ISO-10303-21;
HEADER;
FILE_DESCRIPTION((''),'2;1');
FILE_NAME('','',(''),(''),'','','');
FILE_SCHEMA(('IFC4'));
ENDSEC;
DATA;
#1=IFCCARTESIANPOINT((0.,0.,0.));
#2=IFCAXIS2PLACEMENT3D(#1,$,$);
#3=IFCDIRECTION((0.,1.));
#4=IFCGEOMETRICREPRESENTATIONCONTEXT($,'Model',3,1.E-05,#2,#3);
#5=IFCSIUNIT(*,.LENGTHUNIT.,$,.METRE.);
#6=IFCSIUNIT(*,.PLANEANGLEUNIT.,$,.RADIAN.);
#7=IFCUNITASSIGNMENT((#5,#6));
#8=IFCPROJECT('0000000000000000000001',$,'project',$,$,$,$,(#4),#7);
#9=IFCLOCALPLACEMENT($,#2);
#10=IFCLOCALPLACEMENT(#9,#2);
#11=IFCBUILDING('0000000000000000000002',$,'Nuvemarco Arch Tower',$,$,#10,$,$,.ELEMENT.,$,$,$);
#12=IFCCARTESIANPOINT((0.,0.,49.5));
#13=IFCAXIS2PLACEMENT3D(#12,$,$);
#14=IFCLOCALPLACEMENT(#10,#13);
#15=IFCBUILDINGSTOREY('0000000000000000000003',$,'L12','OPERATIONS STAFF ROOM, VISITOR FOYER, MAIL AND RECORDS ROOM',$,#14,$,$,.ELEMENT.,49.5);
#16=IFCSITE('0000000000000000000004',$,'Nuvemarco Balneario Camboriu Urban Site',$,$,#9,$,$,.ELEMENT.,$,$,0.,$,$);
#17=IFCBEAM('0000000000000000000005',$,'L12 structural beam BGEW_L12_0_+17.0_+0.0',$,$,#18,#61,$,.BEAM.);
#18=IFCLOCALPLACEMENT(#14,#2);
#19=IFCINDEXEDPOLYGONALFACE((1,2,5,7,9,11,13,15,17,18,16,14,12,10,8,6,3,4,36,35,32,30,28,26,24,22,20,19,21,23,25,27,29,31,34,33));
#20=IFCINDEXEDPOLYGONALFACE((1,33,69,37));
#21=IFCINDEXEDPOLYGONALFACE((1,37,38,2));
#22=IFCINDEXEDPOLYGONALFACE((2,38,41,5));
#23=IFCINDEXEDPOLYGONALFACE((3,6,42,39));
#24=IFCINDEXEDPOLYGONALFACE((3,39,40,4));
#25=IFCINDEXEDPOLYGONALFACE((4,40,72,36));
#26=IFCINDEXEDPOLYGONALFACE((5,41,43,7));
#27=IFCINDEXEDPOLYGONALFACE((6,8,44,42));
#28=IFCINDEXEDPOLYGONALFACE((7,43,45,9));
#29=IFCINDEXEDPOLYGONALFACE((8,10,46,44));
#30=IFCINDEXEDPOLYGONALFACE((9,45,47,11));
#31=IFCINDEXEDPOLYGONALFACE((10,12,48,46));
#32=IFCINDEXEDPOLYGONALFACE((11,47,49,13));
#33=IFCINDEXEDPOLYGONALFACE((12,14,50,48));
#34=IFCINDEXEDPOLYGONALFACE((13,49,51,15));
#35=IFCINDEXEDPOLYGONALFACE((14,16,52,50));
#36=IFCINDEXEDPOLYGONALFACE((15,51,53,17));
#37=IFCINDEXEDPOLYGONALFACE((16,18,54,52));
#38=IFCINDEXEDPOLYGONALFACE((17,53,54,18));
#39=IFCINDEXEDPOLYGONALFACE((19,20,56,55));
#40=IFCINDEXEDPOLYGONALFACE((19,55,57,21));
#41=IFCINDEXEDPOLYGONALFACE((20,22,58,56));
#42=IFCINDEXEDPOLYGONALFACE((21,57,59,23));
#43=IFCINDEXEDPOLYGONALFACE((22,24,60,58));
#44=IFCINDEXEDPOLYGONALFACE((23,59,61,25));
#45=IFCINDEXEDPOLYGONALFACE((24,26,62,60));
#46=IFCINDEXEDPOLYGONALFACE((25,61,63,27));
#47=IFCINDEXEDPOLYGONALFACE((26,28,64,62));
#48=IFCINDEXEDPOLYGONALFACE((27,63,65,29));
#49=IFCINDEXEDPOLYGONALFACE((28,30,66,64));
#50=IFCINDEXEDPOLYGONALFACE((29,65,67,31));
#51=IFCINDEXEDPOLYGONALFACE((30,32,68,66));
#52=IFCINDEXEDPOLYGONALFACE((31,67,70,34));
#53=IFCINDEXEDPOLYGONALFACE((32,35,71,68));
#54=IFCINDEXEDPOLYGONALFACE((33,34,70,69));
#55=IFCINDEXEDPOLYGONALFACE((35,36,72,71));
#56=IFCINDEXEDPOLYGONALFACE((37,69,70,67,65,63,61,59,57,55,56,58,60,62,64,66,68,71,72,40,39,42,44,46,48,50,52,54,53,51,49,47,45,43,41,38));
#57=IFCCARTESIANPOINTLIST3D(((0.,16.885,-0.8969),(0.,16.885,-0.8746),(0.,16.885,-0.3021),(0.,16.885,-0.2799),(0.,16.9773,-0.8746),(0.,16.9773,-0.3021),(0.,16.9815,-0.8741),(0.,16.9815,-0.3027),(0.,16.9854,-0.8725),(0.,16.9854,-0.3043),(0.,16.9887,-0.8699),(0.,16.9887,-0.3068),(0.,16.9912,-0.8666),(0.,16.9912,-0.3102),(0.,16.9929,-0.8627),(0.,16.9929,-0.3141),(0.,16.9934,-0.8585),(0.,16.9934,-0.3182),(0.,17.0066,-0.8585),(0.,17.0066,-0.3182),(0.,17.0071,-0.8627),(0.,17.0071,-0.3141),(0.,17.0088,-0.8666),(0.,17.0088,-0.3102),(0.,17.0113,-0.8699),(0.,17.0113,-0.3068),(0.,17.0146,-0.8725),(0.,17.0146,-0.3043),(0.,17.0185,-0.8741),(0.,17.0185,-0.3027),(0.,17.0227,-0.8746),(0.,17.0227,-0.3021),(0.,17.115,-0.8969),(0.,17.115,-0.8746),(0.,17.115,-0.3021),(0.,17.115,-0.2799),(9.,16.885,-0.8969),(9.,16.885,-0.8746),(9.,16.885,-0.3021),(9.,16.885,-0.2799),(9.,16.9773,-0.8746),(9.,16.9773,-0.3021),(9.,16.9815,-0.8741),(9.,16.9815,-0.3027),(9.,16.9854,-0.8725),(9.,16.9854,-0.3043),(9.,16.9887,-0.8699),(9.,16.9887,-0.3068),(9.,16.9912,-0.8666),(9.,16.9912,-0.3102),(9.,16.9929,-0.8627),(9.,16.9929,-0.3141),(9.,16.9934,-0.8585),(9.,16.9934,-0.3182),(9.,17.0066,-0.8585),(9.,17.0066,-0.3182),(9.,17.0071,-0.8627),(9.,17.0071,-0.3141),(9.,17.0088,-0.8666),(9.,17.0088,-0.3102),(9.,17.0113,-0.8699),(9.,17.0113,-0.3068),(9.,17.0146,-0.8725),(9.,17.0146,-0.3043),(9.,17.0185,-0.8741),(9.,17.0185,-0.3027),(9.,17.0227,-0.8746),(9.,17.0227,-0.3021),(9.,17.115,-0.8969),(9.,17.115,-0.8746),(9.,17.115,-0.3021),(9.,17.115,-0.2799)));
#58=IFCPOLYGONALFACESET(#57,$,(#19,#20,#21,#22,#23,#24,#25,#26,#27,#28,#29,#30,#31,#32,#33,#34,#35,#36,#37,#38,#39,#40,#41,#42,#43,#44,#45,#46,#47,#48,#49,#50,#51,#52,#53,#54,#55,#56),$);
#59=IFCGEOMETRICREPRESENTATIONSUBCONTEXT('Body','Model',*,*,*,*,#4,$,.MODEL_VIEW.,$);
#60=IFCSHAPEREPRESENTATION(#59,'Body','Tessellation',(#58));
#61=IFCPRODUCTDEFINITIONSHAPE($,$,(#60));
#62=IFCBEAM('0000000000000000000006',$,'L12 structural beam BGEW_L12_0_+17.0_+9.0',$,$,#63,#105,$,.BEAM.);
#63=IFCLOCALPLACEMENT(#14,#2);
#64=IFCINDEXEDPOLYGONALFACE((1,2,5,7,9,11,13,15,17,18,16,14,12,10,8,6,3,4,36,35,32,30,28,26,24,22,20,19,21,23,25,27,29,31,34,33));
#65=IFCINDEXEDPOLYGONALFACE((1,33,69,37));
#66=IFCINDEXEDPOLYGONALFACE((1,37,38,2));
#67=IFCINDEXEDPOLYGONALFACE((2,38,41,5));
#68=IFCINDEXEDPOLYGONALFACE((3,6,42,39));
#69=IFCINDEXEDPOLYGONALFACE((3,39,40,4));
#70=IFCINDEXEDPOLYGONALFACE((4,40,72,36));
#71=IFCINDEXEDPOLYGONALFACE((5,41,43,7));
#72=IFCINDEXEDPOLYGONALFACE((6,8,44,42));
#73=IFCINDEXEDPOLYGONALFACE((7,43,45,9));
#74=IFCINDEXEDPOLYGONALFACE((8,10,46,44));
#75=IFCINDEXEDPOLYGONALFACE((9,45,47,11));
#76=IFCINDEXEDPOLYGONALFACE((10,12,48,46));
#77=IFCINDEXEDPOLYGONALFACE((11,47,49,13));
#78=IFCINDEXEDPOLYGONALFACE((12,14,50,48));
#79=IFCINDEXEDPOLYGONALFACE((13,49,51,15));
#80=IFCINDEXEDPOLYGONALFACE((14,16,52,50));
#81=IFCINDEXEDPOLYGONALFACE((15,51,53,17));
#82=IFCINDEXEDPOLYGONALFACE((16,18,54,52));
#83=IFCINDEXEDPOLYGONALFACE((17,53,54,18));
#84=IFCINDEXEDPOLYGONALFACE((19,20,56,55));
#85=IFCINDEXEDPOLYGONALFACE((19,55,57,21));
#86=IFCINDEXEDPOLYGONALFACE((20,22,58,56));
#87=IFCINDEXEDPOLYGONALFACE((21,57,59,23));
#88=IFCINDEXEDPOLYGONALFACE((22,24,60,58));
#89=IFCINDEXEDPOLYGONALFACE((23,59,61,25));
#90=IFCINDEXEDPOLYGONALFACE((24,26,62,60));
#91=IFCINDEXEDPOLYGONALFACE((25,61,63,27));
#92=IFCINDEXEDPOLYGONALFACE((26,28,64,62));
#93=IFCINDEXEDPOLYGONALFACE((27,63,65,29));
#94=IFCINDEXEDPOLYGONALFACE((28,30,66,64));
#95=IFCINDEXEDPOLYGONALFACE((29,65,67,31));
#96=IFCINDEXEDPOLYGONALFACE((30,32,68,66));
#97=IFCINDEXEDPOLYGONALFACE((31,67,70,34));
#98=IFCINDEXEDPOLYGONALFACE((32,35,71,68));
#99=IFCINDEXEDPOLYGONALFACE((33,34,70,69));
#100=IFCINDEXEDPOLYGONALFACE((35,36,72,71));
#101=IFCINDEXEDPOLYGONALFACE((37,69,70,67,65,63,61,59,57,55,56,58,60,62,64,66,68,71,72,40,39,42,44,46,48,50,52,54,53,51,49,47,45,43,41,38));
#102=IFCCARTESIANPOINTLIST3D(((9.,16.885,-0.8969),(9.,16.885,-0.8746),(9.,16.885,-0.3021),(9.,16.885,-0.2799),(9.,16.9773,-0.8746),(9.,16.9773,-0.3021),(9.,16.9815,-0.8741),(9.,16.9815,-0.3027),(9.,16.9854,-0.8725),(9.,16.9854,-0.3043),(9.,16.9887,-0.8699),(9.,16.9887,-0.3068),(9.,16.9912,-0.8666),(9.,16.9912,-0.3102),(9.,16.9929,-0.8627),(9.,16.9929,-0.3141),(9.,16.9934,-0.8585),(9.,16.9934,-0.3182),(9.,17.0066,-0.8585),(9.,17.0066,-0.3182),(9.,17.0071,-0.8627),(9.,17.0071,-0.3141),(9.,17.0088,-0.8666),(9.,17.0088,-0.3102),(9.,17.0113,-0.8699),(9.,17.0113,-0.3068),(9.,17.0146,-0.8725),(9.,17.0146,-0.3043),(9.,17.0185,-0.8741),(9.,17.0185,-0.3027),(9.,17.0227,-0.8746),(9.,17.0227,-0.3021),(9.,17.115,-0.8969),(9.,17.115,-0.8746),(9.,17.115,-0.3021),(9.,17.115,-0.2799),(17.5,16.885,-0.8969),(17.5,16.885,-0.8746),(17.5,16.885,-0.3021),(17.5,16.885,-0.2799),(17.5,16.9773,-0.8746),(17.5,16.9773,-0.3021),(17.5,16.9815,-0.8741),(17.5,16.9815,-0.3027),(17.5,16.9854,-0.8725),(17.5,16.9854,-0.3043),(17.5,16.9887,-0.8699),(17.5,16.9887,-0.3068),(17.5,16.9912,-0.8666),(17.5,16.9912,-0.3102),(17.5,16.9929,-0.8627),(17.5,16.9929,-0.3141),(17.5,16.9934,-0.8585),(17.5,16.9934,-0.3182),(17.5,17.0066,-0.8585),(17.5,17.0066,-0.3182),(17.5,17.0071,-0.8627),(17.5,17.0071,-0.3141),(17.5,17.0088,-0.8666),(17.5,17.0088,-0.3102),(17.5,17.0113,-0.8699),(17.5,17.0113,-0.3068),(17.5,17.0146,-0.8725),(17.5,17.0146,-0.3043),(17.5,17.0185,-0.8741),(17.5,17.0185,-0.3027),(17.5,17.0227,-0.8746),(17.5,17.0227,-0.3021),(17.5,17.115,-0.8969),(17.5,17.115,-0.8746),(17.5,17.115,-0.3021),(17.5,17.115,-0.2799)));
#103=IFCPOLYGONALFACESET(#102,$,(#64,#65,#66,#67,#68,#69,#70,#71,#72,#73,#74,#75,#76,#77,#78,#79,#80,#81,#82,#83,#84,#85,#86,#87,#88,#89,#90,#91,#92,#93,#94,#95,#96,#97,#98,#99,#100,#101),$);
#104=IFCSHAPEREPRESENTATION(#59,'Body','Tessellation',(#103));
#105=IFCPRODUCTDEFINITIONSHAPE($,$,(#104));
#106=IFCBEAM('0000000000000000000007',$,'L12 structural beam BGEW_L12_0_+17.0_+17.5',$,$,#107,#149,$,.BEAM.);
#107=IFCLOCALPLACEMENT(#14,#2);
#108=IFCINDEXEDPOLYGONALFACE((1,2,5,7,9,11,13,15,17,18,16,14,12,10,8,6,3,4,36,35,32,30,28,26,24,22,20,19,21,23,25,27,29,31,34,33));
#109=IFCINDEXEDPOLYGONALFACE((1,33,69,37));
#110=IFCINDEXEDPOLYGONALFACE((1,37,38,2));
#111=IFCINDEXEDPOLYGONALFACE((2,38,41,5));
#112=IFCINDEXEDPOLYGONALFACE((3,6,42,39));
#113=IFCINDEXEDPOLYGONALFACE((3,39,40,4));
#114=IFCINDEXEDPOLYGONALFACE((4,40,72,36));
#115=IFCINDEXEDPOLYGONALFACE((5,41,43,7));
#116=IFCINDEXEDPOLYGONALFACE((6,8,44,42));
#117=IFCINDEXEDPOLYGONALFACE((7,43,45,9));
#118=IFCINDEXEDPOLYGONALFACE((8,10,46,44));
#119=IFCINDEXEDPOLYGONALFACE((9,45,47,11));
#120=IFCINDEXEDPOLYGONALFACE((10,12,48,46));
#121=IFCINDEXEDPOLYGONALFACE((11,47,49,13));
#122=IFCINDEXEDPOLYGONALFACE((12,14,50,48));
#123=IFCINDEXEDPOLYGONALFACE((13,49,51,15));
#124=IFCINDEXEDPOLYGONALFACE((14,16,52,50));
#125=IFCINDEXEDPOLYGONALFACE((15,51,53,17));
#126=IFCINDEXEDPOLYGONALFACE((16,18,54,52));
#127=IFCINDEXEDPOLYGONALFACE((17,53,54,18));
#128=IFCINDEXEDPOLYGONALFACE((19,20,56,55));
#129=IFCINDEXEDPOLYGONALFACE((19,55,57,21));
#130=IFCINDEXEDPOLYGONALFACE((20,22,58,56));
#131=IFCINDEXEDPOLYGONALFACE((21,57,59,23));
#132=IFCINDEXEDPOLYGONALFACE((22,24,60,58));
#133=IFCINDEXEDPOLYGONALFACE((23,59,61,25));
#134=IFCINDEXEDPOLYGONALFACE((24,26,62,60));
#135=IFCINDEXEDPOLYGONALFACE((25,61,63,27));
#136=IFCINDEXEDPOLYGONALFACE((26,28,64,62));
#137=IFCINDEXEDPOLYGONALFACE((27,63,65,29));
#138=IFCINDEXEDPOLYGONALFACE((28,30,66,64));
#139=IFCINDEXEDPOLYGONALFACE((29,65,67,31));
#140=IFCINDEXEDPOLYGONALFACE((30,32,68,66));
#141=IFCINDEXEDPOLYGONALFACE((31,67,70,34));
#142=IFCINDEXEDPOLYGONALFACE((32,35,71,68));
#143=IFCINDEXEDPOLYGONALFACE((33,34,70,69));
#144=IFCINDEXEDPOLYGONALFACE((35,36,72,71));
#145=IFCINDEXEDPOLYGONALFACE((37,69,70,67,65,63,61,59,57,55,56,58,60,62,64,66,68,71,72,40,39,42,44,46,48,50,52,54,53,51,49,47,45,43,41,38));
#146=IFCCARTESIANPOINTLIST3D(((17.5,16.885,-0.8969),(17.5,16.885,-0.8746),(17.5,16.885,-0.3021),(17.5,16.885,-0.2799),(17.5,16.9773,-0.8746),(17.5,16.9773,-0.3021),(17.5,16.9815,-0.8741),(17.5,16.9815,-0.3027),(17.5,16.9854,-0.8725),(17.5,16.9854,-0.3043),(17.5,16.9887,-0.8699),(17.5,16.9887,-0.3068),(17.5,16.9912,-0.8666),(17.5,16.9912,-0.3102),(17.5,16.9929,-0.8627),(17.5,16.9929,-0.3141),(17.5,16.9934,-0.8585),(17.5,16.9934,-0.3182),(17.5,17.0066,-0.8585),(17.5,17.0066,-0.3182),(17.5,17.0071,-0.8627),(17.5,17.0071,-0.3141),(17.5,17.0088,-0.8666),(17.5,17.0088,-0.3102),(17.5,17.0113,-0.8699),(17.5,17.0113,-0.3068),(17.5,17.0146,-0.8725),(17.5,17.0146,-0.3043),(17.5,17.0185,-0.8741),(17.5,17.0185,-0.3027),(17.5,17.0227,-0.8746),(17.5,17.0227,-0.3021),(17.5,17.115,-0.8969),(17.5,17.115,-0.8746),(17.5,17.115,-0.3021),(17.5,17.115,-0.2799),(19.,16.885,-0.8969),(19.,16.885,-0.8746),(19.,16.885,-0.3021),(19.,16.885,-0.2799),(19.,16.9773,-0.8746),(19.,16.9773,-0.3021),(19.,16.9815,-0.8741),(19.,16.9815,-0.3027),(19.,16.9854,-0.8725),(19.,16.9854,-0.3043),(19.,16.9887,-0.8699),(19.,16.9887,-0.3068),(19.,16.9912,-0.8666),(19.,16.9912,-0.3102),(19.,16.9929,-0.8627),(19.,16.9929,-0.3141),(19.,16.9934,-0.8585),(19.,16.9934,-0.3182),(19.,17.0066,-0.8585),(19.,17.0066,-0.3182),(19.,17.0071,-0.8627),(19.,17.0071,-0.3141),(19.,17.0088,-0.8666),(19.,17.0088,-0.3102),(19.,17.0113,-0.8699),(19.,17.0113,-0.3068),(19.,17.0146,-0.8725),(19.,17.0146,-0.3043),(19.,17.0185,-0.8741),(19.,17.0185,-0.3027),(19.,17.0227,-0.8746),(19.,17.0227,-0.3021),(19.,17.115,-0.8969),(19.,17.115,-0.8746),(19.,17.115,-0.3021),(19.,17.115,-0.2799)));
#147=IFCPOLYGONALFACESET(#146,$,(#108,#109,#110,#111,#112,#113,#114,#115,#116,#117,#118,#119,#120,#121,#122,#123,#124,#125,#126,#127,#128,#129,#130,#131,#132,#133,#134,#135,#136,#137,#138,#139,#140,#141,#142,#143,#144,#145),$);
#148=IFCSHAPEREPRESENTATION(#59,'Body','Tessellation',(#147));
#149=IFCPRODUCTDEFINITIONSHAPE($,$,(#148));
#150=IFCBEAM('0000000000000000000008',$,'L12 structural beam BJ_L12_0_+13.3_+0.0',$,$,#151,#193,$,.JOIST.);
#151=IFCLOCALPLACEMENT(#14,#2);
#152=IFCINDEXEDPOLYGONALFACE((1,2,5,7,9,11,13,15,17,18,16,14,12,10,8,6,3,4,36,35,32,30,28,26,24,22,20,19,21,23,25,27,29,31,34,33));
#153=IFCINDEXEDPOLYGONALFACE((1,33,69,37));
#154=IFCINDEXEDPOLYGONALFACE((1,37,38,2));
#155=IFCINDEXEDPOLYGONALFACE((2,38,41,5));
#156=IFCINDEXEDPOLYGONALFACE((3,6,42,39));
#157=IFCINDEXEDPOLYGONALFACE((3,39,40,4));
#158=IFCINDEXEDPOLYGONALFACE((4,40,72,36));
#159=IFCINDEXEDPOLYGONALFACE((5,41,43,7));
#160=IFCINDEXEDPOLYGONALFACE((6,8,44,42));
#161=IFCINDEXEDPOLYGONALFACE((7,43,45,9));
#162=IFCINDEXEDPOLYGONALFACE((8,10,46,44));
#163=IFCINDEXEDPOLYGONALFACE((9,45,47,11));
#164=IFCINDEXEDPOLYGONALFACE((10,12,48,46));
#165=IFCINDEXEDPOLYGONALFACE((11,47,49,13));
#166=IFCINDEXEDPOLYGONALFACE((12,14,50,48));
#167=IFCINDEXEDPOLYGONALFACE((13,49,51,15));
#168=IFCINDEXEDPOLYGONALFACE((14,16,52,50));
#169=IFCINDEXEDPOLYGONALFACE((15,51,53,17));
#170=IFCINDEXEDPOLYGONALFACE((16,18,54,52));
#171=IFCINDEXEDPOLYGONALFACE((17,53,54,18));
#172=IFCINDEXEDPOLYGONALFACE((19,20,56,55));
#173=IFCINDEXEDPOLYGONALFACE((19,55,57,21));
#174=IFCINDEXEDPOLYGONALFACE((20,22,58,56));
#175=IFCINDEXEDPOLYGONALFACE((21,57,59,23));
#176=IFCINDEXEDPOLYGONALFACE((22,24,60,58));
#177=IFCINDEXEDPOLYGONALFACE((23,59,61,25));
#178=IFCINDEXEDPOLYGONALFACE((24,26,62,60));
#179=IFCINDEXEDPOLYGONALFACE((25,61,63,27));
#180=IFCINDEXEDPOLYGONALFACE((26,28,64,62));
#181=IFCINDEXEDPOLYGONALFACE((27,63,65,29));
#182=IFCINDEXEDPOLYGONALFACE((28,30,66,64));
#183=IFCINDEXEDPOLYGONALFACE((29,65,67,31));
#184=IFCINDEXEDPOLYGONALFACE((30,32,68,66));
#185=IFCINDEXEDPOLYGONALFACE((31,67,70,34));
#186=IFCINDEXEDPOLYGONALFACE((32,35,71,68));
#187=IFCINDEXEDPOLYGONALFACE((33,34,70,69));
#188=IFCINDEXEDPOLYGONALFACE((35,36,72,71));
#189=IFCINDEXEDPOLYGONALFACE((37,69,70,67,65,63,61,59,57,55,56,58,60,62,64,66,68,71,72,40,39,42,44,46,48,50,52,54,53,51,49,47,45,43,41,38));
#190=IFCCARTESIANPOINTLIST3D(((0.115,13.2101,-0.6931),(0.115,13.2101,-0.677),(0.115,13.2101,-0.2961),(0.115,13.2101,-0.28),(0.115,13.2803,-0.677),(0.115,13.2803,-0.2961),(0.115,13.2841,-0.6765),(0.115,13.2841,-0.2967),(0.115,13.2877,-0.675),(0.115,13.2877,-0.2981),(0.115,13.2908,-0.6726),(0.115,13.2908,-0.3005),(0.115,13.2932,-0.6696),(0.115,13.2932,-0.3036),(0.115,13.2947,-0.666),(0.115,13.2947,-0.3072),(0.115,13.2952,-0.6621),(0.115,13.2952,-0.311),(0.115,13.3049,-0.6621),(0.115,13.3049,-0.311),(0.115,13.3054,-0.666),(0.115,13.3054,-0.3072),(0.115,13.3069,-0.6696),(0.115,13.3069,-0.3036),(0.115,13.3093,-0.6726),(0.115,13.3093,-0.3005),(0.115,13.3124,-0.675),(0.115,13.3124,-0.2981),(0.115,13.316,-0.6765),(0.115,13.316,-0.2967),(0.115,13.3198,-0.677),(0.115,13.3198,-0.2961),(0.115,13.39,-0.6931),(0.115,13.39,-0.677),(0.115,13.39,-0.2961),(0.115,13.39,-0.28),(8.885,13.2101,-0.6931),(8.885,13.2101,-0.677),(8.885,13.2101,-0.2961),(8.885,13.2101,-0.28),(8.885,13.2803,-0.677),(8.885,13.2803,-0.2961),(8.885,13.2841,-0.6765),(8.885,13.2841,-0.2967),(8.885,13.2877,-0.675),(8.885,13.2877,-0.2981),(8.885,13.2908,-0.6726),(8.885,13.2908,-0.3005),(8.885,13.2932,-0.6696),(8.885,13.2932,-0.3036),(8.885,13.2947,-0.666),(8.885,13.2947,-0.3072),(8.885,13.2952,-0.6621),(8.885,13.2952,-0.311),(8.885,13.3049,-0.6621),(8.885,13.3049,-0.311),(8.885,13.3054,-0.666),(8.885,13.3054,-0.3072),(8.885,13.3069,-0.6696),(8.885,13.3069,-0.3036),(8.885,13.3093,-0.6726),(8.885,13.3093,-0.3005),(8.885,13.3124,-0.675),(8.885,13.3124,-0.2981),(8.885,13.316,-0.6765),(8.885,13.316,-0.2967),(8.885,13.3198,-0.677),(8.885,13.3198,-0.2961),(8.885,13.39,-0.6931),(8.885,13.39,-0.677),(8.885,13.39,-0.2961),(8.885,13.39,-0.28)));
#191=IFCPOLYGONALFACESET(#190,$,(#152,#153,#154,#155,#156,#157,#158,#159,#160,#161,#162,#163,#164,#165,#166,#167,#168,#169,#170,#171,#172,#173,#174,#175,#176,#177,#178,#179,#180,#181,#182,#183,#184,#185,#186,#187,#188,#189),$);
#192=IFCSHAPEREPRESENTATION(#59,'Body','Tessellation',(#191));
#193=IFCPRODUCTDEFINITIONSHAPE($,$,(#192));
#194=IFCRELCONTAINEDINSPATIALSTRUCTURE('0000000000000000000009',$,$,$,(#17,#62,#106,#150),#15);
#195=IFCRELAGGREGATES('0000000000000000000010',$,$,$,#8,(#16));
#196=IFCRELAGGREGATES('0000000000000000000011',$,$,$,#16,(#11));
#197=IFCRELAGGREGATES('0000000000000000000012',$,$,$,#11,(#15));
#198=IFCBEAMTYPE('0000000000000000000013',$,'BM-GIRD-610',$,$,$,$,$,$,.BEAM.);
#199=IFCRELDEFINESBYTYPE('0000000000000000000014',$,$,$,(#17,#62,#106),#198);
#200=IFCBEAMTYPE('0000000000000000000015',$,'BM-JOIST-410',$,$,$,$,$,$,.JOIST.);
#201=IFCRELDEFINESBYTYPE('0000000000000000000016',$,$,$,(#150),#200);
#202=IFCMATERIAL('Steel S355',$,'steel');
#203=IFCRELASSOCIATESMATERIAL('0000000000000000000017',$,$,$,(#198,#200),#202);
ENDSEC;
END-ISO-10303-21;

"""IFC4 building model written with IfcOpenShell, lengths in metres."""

from ifc_helpers import new_model, si_unit, direction, frame, origin, origin_2d, place, context, subcontext, project, spatial, i_section, extrude, material, material_profile, profile_set, type_object, element, save


model = new_model("IFC4")

# Units and contexts
model_context = context("Model", 3, precision=1e-05, world=origin(), true_north=direction((0.0, 1.0)))
body_context = subcontext(model_context, "Body", "Model", "MODEL_VIEW")
ifc_project = project(units=[si_unit("LENGTHUNIT", "METRE"), si_unit("PLANEANGLEUNIT", "RADIAN")], contexts=[model_context])

# Site, building, storey
site_placement = place(None, origin())
site = spatial("IfcSite", under=ifc_project, at=site_placement, Name="Nuvemarco Balneario Camboriu Urban Site", CompositionType="ELEMENT", RefElevation=0.0)
building_placement = place(site_placement, origin())
building = spatial("IfcBuilding", under=site, at=building_placement, Name="Nuvemarco Arch Tower", CompositionType="ELEMENT")
storey_placement = place(building_placement, frame((0.0, 0.0, 49.5)))
storey = spatial("IfcBuildingStorey", under=building, at=storey_placement, Name="L12", Description="OPERATIONS STAFF ROOM, VISITOR FOYER, MAIL AND RECORDS ROOM", CompositionType="ELEMENT", Elevation=49.5)

# Shared definitions
ifc_material_1 = material(Name="Steel S355", Category="steel")

# Beams
ifc_material_profile_1 = material_profile(ifc_material_1, i_section(OverallWidth=0.23, OverallDepth=0.6169, WebThickness=0.0132, FlangeThickness=0.0222, FilletRadius=0.0161, at=origin_2d()), Name="W610x140")
ifc_profile_set_1 = profile_set([ifc_material_profile_1], Name="Steel S355")
beam_type_1 = type_object("IfcBeamType", Name="BM-GIRD-610", PredefinedType="BEAM", material=ifc_profile_set_1)
beam_1_placement = place(storey_placement, frame((0.0, 17.0, -0.5884), z_axis=(1.0, 0.0, 0.0), x_axis=(0.0, 1.0, 0.0)))
element("IfcBeam", 1, at=beam_1_placement, inside=storey, type_object=beam_type_1, Name="L12 structural beam BGEW_L12_0_+17.0_+0.0", PredefinedType="BEAM", context=body_context, shape_type="SweptSolid", body=[
    extrude(i_section(OverallWidth=0.23, OverallDepth=0.6169, WebThickness=0.0132, FlangeThickness=0.0222, FilletRadius=0.0161, at=origin_2d()), origin(), (0.0, 0.0, 1.0), 9.0),
])
beam_2_placement = place(storey_placement, frame((9.0, 17.0, -0.5884), z_axis=(1.0, 0.0, 0.0), x_axis=(0.0, 1.0, 0.0)))
element("IfcBeam", 2, at=beam_2_placement, inside=storey, type_object=beam_type_1, Name="L12 structural beam BGEW_L12_0_+17.0_+9.0", PredefinedType="BEAM", context=body_context, shape_type="SweptSolid", body=[
    extrude(i_section(OverallWidth=0.23, OverallDepth=0.6169, WebThickness=0.0132, FlangeThickness=0.0222, FilletRadius=0.0161, at=origin_2d()), origin(), (0.0, 0.0, 1.0), 8.5),
])
beam_3_placement = place(storey_placement, frame((17.5, 17.0, -0.5884), z_axis=(1.0, 0.0, 0.0), x_axis=(0.0, 1.0, 0.0)))
element("IfcBeam", 3, at=beam_3_placement, inside=storey, type_object=beam_type_1, Name="L12 structural beam BGEW_L12_0_+17.0_+17.5", PredefinedType="BEAM", context=body_context, shape_type="SweptSolid", body=[
    extrude(i_section(OverallWidth=0.23, OverallDepth=0.6169, WebThickness=0.0132, FlangeThickness=0.0222, FilletRadius=0.0161, at=origin_2d()), origin(), (0.0, 0.0, 1.0), 1.5),
])
ifc_material_profile_2 = material_profile(ifc_material_1, i_section(OverallWidth=0.1799, OverallDepth=0.4131, WebThickness=0.0098, FlangeThickness=0.0161, FilletRadius=0.0149, at=origin_2d()), Name="W410x75")
ifc_profile_set_2 = profile_set([ifc_material_profile_2], Name="Steel S355")
beam_type_2 = type_object("IfcBeamType", Name="BM-JOIST-410", PredefinedType="JOIST", material=ifc_profile_set_2)
beam_4_placement = place(storey_placement, frame((0.115, 13.3, -0.4866), z_axis=(1.0, 0.0, 0.0), x_axis=(0.0, 1.0, 0.0)))
element("IfcBeam", 4, at=beam_4_placement, inside=storey, type_object=beam_type_2, Name="L12 structural beam BJ_L12_0_+13.3_+0.0", PredefinedType="JOIST", context=body_context, shape_type="SweptSolid", body=[
    extrude(i_section(OverallWidth=0.1799, OverallDepth=0.4131, WebThickness=0.0098, FlangeThickness=0.0161, FilletRadius=0.0149, at=origin_2d()), origin(), (0.0, 0.0, 1.0), 8.77),
])

save(model, "model.ifc")
